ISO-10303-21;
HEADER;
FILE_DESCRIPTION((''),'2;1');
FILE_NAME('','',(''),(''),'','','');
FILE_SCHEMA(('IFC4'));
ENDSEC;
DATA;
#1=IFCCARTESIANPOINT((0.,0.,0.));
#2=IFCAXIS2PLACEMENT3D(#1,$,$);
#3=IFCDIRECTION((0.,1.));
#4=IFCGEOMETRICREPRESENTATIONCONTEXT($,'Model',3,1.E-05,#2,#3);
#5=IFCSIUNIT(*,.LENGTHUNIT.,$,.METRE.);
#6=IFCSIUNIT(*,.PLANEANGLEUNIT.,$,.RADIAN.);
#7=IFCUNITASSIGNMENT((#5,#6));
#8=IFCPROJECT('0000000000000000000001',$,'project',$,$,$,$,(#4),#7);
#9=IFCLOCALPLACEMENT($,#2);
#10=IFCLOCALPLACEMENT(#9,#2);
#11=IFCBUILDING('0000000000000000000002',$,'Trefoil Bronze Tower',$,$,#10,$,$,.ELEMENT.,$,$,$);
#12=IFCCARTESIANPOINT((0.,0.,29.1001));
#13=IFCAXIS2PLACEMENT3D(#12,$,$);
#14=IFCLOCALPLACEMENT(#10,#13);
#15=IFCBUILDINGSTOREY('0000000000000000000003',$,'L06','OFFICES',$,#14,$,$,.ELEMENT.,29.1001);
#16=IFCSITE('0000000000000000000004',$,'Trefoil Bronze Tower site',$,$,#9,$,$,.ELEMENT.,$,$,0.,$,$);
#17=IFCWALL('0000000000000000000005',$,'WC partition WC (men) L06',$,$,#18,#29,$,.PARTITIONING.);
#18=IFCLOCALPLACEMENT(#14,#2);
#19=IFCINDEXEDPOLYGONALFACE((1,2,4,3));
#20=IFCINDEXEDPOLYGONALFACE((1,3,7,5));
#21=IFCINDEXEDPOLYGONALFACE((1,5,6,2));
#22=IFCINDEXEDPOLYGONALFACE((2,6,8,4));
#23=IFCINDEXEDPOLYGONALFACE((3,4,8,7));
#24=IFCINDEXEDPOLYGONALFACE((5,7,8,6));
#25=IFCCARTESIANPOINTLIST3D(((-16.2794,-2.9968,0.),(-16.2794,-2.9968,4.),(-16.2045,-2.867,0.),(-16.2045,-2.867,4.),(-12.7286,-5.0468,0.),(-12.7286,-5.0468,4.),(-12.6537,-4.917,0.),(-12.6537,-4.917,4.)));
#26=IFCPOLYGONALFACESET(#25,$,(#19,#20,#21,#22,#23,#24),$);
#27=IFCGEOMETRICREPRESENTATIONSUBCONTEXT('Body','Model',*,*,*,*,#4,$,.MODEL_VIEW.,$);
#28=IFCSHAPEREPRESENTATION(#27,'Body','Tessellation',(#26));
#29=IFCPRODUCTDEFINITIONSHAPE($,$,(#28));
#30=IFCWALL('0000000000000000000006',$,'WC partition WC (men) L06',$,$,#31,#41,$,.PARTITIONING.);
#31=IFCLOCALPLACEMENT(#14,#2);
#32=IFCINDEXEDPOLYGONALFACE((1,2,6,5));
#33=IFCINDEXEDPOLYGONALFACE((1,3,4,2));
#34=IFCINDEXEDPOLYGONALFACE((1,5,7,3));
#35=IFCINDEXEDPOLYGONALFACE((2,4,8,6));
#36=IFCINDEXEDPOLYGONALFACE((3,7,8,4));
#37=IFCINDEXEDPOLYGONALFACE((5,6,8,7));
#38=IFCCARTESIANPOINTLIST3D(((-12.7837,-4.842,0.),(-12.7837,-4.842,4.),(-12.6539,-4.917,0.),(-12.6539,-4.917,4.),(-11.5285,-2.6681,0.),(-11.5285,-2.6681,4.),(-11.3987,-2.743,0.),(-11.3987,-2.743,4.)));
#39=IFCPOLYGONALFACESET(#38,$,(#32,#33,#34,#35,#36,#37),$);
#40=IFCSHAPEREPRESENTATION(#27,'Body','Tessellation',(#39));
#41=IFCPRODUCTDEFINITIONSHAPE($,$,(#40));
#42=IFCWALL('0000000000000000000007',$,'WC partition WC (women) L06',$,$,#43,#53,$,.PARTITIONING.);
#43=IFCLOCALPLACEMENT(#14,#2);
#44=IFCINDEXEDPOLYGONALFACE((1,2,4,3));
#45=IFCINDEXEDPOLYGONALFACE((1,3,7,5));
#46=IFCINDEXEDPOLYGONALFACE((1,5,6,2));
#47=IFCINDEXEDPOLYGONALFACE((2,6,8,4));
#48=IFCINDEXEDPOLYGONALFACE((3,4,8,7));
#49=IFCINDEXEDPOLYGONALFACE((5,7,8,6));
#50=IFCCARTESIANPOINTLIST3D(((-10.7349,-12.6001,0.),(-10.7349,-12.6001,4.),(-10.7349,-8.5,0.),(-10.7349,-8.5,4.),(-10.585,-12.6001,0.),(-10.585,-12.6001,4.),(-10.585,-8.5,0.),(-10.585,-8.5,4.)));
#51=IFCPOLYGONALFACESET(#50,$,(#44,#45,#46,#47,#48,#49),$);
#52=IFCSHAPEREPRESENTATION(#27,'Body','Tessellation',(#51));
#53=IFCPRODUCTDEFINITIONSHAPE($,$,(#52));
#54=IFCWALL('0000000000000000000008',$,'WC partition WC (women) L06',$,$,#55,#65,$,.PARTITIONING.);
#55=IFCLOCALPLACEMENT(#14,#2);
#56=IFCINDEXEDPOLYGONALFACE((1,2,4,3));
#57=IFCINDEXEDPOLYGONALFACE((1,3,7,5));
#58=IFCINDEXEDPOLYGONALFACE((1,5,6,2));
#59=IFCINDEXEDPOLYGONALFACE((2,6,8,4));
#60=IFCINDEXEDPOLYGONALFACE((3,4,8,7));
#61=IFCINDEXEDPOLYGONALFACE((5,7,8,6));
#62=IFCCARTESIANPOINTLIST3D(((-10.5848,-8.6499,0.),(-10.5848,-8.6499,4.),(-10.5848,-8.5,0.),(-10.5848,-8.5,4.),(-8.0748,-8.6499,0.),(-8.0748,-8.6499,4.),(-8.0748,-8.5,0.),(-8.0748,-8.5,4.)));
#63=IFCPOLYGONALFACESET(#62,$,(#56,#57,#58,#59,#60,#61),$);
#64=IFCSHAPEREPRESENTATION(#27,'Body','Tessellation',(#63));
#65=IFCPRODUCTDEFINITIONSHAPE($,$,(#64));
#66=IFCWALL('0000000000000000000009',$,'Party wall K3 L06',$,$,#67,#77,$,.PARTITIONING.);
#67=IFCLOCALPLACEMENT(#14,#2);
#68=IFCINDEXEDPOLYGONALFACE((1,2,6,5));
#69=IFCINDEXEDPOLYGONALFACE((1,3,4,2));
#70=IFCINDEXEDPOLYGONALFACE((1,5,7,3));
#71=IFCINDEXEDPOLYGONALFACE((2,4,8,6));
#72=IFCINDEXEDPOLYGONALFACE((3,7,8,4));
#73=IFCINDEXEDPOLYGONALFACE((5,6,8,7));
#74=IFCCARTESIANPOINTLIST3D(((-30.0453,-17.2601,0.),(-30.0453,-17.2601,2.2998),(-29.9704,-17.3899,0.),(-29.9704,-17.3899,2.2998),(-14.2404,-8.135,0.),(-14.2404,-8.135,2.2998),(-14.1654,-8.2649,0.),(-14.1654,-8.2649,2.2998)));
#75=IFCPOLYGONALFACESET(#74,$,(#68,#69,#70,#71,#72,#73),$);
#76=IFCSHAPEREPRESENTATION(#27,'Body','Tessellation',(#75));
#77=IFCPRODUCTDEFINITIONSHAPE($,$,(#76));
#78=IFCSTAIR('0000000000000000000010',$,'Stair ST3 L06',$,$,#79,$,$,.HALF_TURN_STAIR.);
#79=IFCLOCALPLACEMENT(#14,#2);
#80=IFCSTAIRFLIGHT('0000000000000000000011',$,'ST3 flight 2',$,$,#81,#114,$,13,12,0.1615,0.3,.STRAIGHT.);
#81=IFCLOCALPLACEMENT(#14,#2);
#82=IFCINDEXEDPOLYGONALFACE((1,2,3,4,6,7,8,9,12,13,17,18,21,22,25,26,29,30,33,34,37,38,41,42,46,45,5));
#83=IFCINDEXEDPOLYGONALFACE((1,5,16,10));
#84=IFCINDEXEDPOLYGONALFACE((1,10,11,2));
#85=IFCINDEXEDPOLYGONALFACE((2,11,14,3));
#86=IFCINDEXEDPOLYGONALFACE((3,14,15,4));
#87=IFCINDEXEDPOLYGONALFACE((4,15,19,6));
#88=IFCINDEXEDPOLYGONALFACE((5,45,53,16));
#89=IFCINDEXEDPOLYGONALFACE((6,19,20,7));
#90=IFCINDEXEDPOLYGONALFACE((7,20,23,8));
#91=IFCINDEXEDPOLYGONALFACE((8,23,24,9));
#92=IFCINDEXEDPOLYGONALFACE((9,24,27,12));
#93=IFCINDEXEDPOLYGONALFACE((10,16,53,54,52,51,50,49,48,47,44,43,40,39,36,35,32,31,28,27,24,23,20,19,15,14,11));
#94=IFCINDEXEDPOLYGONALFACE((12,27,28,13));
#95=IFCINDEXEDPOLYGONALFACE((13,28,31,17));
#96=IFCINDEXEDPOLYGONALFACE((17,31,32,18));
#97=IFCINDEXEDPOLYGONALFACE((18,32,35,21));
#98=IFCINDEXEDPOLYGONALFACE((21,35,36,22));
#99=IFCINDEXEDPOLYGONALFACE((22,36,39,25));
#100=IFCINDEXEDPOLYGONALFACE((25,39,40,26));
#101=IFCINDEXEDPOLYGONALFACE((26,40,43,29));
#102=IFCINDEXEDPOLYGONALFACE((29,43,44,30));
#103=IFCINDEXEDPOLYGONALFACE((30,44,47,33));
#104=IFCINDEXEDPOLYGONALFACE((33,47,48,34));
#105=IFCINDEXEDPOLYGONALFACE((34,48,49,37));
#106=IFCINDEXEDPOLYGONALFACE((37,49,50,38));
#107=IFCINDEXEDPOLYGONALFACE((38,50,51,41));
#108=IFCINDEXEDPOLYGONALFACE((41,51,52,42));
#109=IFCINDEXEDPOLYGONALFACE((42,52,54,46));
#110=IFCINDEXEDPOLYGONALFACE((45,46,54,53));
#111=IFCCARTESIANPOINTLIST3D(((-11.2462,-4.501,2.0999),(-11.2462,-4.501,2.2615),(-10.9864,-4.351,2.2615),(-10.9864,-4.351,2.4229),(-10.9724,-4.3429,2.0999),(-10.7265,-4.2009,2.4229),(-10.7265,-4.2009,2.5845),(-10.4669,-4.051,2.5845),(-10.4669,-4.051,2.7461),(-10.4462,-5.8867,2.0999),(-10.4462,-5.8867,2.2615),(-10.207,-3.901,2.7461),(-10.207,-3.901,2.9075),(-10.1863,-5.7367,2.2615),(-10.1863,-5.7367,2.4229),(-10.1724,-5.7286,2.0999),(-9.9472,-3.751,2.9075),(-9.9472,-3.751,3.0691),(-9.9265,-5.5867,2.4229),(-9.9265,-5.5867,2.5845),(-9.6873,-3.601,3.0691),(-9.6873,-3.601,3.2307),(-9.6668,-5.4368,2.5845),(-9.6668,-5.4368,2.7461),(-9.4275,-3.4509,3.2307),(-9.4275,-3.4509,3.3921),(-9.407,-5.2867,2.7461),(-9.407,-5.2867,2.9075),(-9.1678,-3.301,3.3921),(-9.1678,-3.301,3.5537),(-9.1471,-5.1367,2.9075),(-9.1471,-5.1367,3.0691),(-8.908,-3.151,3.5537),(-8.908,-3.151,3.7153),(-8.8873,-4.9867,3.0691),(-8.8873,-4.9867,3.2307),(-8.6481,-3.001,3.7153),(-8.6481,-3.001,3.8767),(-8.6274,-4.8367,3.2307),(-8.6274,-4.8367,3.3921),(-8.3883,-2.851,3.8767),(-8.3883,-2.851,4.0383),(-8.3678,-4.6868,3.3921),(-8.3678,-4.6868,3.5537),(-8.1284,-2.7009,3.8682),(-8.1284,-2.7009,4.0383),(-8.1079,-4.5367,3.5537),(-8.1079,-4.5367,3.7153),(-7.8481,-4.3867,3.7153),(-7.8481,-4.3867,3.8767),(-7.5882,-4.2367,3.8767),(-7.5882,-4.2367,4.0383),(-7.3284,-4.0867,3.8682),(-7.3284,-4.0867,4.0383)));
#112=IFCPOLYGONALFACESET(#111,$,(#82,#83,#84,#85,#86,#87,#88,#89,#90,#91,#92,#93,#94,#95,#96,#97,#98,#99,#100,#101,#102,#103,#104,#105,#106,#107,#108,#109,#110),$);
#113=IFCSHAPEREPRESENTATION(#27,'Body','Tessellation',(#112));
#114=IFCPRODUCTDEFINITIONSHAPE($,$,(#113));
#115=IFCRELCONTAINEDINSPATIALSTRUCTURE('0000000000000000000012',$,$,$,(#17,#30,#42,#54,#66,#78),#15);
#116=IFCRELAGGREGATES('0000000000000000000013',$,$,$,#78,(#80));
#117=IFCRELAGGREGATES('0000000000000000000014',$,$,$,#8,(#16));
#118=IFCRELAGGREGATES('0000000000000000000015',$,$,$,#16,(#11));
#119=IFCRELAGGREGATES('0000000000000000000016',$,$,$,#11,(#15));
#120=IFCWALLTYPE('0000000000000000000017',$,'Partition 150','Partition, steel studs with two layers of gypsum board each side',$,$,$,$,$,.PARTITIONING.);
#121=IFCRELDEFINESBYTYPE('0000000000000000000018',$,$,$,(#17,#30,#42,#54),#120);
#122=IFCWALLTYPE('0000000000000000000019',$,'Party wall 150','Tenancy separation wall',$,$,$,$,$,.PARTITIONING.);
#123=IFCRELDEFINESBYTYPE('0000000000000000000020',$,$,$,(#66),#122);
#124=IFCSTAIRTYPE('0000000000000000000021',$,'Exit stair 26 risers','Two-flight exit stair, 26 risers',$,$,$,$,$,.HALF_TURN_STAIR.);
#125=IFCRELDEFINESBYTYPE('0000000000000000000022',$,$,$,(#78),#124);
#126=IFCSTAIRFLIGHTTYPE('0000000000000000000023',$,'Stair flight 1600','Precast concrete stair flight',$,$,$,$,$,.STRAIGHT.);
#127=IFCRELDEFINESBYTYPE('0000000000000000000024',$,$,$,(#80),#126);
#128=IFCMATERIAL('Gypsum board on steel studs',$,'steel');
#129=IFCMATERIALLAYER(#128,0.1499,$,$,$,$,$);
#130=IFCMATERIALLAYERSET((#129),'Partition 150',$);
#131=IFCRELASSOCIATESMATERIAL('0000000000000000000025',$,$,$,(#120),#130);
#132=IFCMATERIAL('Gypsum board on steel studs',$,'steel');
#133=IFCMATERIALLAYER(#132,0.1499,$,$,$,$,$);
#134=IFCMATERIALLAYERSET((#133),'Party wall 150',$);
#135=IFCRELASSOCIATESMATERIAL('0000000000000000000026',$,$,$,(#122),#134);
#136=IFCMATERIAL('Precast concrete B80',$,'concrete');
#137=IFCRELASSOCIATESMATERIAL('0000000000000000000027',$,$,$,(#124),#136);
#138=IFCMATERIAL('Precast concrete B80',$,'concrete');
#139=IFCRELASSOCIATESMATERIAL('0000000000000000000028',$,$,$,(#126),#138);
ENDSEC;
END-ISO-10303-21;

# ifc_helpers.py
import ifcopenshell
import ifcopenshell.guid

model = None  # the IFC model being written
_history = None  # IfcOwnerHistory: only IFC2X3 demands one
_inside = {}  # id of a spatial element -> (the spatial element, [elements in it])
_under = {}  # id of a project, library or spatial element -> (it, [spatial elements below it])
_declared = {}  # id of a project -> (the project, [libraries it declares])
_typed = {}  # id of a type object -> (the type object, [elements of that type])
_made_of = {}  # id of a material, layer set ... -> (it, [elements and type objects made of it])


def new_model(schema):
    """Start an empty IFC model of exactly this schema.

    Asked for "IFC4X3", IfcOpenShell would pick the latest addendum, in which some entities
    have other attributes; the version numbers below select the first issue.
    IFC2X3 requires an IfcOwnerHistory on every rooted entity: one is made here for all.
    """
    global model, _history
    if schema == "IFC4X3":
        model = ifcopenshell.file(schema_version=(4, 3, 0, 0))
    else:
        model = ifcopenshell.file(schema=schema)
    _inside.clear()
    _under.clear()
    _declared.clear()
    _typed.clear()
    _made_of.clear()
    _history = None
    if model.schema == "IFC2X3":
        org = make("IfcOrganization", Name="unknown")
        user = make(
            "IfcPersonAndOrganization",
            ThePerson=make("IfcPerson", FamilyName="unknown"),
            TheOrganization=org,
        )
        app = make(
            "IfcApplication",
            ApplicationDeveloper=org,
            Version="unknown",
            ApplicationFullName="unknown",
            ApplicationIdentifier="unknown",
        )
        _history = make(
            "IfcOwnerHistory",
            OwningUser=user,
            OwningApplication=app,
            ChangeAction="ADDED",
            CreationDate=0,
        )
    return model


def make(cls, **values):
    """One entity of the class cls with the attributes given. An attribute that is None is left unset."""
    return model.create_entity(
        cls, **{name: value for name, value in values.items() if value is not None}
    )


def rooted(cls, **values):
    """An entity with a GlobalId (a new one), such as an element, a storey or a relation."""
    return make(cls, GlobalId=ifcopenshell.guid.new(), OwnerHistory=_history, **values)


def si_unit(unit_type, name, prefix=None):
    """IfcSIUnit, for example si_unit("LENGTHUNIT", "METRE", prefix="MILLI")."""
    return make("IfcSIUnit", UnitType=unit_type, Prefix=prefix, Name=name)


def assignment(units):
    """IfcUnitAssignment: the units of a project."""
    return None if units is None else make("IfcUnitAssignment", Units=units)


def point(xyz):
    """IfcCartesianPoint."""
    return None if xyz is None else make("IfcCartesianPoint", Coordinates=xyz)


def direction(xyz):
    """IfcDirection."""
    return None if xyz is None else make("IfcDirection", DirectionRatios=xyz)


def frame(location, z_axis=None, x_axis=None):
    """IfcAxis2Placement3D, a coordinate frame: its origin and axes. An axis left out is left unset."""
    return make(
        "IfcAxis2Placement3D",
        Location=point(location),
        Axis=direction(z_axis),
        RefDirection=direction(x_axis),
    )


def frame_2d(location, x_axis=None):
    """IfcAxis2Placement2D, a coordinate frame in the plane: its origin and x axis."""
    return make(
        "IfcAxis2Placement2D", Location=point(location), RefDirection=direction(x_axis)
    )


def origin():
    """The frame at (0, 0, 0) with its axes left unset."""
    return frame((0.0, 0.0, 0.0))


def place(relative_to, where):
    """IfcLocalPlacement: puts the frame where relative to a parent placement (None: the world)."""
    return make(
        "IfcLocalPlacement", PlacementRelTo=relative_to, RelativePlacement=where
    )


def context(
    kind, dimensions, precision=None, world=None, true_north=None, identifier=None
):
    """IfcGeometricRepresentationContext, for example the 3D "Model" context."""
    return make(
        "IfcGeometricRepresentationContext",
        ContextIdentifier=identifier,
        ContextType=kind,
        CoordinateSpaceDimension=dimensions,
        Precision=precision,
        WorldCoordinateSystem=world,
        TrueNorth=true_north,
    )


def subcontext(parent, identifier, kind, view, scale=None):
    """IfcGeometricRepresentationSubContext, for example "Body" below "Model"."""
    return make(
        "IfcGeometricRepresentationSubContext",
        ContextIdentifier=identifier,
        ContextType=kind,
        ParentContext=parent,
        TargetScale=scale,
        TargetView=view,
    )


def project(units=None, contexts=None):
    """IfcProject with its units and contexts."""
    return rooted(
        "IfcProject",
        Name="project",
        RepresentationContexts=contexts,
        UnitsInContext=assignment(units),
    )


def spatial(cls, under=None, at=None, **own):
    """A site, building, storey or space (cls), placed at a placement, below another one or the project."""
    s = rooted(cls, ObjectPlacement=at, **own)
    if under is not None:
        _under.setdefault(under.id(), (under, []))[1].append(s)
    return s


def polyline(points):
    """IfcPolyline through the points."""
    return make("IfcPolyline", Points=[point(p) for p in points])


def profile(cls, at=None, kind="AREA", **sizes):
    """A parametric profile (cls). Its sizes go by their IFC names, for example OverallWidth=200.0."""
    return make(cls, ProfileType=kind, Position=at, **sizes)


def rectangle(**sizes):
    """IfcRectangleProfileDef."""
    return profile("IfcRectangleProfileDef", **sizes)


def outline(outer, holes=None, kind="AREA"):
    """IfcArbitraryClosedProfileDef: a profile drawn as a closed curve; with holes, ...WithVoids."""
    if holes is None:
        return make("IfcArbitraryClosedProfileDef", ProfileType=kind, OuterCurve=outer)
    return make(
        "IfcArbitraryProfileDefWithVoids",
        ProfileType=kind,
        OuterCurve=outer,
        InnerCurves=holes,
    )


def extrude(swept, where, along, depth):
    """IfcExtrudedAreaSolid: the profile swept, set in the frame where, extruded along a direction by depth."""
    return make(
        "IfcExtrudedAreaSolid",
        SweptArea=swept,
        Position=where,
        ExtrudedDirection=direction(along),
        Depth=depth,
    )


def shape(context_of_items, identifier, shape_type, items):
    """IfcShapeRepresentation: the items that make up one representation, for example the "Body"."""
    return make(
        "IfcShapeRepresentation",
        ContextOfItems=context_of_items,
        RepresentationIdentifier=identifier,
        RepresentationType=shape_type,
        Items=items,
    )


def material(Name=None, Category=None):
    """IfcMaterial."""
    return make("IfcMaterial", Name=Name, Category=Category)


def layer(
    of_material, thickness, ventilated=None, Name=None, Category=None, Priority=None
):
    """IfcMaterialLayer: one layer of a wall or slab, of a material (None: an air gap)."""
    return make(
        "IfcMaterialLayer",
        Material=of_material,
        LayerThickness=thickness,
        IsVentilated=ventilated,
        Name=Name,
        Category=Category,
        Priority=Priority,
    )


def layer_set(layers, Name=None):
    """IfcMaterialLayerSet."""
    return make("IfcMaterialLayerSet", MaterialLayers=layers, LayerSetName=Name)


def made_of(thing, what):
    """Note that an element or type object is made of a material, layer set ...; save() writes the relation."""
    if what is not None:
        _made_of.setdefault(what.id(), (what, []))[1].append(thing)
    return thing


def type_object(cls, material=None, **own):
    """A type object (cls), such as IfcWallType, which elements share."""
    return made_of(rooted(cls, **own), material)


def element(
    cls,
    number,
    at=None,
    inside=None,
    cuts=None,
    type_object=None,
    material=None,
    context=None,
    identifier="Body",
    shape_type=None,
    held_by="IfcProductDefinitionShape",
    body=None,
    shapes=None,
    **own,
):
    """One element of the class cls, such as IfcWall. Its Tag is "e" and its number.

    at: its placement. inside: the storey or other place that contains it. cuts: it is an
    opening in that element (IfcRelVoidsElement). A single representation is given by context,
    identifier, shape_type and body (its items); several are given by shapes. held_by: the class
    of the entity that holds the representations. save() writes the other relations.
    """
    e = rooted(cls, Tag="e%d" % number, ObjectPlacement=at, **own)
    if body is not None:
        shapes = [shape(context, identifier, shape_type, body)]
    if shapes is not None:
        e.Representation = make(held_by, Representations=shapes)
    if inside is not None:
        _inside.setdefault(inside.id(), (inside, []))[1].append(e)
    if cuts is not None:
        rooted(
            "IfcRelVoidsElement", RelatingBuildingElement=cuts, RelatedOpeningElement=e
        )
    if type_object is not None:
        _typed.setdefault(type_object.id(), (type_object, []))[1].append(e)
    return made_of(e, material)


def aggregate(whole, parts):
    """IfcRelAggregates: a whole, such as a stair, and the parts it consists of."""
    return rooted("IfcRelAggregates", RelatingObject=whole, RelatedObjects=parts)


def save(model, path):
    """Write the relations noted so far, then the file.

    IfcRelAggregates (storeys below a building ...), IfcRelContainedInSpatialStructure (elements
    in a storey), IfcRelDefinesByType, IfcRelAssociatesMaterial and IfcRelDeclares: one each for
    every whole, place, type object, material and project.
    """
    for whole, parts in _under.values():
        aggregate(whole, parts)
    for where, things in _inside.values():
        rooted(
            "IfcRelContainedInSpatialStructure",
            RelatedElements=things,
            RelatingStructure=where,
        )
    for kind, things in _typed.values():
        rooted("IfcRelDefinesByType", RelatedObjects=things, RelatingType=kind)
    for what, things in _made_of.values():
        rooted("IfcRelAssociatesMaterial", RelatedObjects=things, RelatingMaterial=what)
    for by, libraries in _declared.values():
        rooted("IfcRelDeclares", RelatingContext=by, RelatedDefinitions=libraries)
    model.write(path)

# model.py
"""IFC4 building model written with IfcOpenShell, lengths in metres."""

from ifc_helpers import new_model, si_unit, direction, frame, frame_2d, origin, place, context, subcontext, project, spatial, polyline, rectangle, outline, extrude, material, layer, layer_set, type_object, element, aggregate, save


model = new_model("IFC4")

# Units and contexts
model_context = context("Model", 3, precision=1e-05, world=origin(), true_north=direction((0.0, 1.0)))
body_context = subcontext(model_context, "Body", "Model", "MODEL_VIEW")
ifc_project = project(units=[si_unit("LENGTHUNIT", "METRE"), si_unit("PLANEANGLEUNIT", "RADIAN")], contexts=[model_context])

# Site, building, storey
site_placement = place(None, origin())
site = spatial("IfcSite", under=ifc_project, at=site_placement, Name="Trefoil Bronze Tower site", CompositionType="ELEMENT", RefElevation=0.0)
building_placement = place(site_placement, origin())
building = spatial("IfcBuilding", under=site, at=building_placement, Name="Trefoil Bronze Tower", CompositionType="ELEMENT")
storey_placement = place(building_placement, frame((0.0, 0.0, 29.1001)))
storey = spatial("IfcBuildingStorey", under=building, at=storey_placement, Name="L06", Description="OFFICES", CompositionType="ELEMENT", Elevation=29.1001)

# Shared definitions
ifc_material_1 = material(Name="Gypsum board on steel studs", Category="steel")
ifc_layer_1 = layer(ifc_material_1, 0.1499)
ifc_layer_set_1 = layer_set([ifc_layer_1], Name="Partition 150")
wall_type_1 = type_object("IfcWallType", Name="Partition 150", Description="Partition, steel studs with two layers of gypsum board each side", PredefinedType="PARTITIONING", material=ifc_layer_set_1)

# Walls
wall_1_placement = place(storey_placement, frame((-12.6912, -4.9819, 0.0), z_axis=(0.0, 0.0, 1.0), x_axis=(-0.866025, 0.500001, 0.0)))
element("IfcWall", 1, at=wall_1_placement, inside=storey, type_object=wall_type_1, Name="WC partition WC (men) L06", PredefinedType="PARTITIONING", context=body_context, shape_type="SweptSolid", body=[
    extrude(rectangle(XDim=4.1001, YDim=0.1499, at=frame_2d((2.05, 0.0))), origin(), (0.0, 0.0, 1.0), 4.0),
])
wall_2_placement = place(storey_placement, frame((-11.4636, -2.7056, 0.0), z_axis=(0.0, 0.0, 1.0), x_axis=(-0.50002, -0.866014, 0.0)))
element("IfcWall", 2, at=wall_2_placement, inside=storey, type_object=wall_type_1, Name="WC partition WC (men) L06", PredefinedType="PARTITIONING", context=body_context, shape_type="SweptSolid", body=[
    extrude(rectangle(XDim=2.5103, YDim=0.1499, at=frame_2d((1.2551, 0.0))), origin(), (0.0, 0.0, 1.0), 4.0),
])
wall_3_placement = place(storey_placement, frame((-10.6599, -8.5, 0.0), z_axis=(0.0, 0.0, 1.0), x_axis=(0.0, -1.0, 0.0)))
element("IfcWall", 3, at=wall_3_placement, inside=storey, type_object=wall_type_1, Name="WC partition WC (women) L06", PredefinedType="PARTITIONING", context=body_context, shape_type="SweptSolid", body=[
    extrude(rectangle(XDim=4.1001, YDim=0.1499, at=frame_2d((2.05, 0.0))), origin(), (0.0, 0.0, 1.0), 4.0),
])
wall_4_placement = place(storey_placement, frame((-8.075, -8.575, 0.0), z_axis=(0.0, 0.0, 1.0), x_axis=(-1.0, 0.0, 0.0)))
element("IfcWall", 4, at=wall_4_placement, inside=storey, type_object=wall_type_1, Name="WC partition WC (women) L06", PredefinedType="PARTITIONING", context=body_context, shape_type="SweptSolid", body=[
    extrude(rectangle(XDim=2.51, YDim=0.1499, at=frame_2d((1.2549, 0.0))), origin(), (0.0, 0.0, 1.0), 4.0),
])
ifc_material_2 = material(Name="Gypsum board on steel studs", Category="steel")
ifc_layer_2 = layer(ifc_material_2, 0.1499)
ifc_layer_set_2 = layer_set([ifc_layer_2], Name="Party wall 150")
wall_type_2 = type_object("IfcWallType", Name="Party wall 150", Description="Tenancy separation wall", PredefinedType="PARTITIONING", material=ifc_layer_set_2)
wall_5_placement = place(storey_placement, frame((-14.2029, -8.2, 0.0), z_axis=(0.0, 0.0, 1.0), x_axis=(-0.866025, -0.500001, 0.0)))
element("IfcWall", 5, at=wall_5_placement, inside=storey, type_object=wall_type_2, Name="Party wall K3 L06", PredefinedType="PARTITIONING", context=body_context, shape_type="SweptSolid", body=[
    extrude(rectangle(XDim=18.25, YDim=0.1499, at=frame_2d((9.125, 0.0))), origin(), (0.0, 0.0, 1.0), 2.2998),
])

# Stair, stair flight
ifc_material_3 = material(Name="Precast concrete B80", Category="concrete")
stair_type = type_object("IfcStairType", Name="Exit stair 26 risers", Description="Two-flight exit stair, 26 risers", PredefinedType="HALF_TURN_STAIR", material=ifc_material_3)
stair_placement = place(storey_placement, origin())
stair = element("IfcStair", 6, at=stair_placement, inside=storey, type_object=stair_type, Name="Stair ST3 L06", PredefinedType="HALF_TURN_STAIR")
ifc_material_4 = material(Name="Precast concrete B80", Category="concrete")
stair_flight_type = type_object("IfcStairFlightType", Name="Stair flight 1600", Description="Precast concrete stair flight", PredefinedType="STRAIGHT", material=ifc_material_4)
stair_flight_placement = place(storey_placement, frame((-10.8462, -5.1938, 2.0999), z_axis=(0.0, 0.0, 1.0), x_axis=(0.866025, 0.5, 0.0)))
stair_flight = element("IfcStairFlight", 7, at=stair_flight_placement, type_object=stair_flight_type, Name="ST3 flight 2", NumberOfRisers=13, NumberOfTreads=12, PredefinedType="STRAIGHT", RiserHeight=0.1615, TreadLength=0.3, context=body_context, shape_type="SweptSolid", body=[
    extrude(outline(polyline([(0.0, 0.0), (0.0, 0.1616), (0.3, 0.1616), (0.3, 0.323), (0.6001, 0.323), (0.6001, 0.4846), (0.8999, 0.4846), (0.8999, 0.6462), (1.2, 0.6462), (1.2, 0.8076), (1.5, 0.8076), (1.5, 0.9692), (1.8, 0.9692), (1.8, 1.1309), (2.1001, 1.1309), (2.1001, 1.2922), (2.3999, 1.2922), (2.3999, 1.4539), (2.7, 1.4539), (2.7, 1.6155), (3.0, 1.6155), (3.0, 1.7769), (3.3, 1.7769), (3.3, 1.9385), (3.6001, 1.9385), (3.6001, 2.1001), (3.6001, 1.7683), (0.3162, 0.0), (0.0, 0.0)])), frame((0.0, 0.8, 0.0), z_axis=(0.0, -1.0, 0.0), x_axis=(1.0, 0.0, 0.0)), (0.0, 0.0, 1.0), 1.6001),
])
aggregate(stair, [stair_flight])

save(model, "model.ifc")
